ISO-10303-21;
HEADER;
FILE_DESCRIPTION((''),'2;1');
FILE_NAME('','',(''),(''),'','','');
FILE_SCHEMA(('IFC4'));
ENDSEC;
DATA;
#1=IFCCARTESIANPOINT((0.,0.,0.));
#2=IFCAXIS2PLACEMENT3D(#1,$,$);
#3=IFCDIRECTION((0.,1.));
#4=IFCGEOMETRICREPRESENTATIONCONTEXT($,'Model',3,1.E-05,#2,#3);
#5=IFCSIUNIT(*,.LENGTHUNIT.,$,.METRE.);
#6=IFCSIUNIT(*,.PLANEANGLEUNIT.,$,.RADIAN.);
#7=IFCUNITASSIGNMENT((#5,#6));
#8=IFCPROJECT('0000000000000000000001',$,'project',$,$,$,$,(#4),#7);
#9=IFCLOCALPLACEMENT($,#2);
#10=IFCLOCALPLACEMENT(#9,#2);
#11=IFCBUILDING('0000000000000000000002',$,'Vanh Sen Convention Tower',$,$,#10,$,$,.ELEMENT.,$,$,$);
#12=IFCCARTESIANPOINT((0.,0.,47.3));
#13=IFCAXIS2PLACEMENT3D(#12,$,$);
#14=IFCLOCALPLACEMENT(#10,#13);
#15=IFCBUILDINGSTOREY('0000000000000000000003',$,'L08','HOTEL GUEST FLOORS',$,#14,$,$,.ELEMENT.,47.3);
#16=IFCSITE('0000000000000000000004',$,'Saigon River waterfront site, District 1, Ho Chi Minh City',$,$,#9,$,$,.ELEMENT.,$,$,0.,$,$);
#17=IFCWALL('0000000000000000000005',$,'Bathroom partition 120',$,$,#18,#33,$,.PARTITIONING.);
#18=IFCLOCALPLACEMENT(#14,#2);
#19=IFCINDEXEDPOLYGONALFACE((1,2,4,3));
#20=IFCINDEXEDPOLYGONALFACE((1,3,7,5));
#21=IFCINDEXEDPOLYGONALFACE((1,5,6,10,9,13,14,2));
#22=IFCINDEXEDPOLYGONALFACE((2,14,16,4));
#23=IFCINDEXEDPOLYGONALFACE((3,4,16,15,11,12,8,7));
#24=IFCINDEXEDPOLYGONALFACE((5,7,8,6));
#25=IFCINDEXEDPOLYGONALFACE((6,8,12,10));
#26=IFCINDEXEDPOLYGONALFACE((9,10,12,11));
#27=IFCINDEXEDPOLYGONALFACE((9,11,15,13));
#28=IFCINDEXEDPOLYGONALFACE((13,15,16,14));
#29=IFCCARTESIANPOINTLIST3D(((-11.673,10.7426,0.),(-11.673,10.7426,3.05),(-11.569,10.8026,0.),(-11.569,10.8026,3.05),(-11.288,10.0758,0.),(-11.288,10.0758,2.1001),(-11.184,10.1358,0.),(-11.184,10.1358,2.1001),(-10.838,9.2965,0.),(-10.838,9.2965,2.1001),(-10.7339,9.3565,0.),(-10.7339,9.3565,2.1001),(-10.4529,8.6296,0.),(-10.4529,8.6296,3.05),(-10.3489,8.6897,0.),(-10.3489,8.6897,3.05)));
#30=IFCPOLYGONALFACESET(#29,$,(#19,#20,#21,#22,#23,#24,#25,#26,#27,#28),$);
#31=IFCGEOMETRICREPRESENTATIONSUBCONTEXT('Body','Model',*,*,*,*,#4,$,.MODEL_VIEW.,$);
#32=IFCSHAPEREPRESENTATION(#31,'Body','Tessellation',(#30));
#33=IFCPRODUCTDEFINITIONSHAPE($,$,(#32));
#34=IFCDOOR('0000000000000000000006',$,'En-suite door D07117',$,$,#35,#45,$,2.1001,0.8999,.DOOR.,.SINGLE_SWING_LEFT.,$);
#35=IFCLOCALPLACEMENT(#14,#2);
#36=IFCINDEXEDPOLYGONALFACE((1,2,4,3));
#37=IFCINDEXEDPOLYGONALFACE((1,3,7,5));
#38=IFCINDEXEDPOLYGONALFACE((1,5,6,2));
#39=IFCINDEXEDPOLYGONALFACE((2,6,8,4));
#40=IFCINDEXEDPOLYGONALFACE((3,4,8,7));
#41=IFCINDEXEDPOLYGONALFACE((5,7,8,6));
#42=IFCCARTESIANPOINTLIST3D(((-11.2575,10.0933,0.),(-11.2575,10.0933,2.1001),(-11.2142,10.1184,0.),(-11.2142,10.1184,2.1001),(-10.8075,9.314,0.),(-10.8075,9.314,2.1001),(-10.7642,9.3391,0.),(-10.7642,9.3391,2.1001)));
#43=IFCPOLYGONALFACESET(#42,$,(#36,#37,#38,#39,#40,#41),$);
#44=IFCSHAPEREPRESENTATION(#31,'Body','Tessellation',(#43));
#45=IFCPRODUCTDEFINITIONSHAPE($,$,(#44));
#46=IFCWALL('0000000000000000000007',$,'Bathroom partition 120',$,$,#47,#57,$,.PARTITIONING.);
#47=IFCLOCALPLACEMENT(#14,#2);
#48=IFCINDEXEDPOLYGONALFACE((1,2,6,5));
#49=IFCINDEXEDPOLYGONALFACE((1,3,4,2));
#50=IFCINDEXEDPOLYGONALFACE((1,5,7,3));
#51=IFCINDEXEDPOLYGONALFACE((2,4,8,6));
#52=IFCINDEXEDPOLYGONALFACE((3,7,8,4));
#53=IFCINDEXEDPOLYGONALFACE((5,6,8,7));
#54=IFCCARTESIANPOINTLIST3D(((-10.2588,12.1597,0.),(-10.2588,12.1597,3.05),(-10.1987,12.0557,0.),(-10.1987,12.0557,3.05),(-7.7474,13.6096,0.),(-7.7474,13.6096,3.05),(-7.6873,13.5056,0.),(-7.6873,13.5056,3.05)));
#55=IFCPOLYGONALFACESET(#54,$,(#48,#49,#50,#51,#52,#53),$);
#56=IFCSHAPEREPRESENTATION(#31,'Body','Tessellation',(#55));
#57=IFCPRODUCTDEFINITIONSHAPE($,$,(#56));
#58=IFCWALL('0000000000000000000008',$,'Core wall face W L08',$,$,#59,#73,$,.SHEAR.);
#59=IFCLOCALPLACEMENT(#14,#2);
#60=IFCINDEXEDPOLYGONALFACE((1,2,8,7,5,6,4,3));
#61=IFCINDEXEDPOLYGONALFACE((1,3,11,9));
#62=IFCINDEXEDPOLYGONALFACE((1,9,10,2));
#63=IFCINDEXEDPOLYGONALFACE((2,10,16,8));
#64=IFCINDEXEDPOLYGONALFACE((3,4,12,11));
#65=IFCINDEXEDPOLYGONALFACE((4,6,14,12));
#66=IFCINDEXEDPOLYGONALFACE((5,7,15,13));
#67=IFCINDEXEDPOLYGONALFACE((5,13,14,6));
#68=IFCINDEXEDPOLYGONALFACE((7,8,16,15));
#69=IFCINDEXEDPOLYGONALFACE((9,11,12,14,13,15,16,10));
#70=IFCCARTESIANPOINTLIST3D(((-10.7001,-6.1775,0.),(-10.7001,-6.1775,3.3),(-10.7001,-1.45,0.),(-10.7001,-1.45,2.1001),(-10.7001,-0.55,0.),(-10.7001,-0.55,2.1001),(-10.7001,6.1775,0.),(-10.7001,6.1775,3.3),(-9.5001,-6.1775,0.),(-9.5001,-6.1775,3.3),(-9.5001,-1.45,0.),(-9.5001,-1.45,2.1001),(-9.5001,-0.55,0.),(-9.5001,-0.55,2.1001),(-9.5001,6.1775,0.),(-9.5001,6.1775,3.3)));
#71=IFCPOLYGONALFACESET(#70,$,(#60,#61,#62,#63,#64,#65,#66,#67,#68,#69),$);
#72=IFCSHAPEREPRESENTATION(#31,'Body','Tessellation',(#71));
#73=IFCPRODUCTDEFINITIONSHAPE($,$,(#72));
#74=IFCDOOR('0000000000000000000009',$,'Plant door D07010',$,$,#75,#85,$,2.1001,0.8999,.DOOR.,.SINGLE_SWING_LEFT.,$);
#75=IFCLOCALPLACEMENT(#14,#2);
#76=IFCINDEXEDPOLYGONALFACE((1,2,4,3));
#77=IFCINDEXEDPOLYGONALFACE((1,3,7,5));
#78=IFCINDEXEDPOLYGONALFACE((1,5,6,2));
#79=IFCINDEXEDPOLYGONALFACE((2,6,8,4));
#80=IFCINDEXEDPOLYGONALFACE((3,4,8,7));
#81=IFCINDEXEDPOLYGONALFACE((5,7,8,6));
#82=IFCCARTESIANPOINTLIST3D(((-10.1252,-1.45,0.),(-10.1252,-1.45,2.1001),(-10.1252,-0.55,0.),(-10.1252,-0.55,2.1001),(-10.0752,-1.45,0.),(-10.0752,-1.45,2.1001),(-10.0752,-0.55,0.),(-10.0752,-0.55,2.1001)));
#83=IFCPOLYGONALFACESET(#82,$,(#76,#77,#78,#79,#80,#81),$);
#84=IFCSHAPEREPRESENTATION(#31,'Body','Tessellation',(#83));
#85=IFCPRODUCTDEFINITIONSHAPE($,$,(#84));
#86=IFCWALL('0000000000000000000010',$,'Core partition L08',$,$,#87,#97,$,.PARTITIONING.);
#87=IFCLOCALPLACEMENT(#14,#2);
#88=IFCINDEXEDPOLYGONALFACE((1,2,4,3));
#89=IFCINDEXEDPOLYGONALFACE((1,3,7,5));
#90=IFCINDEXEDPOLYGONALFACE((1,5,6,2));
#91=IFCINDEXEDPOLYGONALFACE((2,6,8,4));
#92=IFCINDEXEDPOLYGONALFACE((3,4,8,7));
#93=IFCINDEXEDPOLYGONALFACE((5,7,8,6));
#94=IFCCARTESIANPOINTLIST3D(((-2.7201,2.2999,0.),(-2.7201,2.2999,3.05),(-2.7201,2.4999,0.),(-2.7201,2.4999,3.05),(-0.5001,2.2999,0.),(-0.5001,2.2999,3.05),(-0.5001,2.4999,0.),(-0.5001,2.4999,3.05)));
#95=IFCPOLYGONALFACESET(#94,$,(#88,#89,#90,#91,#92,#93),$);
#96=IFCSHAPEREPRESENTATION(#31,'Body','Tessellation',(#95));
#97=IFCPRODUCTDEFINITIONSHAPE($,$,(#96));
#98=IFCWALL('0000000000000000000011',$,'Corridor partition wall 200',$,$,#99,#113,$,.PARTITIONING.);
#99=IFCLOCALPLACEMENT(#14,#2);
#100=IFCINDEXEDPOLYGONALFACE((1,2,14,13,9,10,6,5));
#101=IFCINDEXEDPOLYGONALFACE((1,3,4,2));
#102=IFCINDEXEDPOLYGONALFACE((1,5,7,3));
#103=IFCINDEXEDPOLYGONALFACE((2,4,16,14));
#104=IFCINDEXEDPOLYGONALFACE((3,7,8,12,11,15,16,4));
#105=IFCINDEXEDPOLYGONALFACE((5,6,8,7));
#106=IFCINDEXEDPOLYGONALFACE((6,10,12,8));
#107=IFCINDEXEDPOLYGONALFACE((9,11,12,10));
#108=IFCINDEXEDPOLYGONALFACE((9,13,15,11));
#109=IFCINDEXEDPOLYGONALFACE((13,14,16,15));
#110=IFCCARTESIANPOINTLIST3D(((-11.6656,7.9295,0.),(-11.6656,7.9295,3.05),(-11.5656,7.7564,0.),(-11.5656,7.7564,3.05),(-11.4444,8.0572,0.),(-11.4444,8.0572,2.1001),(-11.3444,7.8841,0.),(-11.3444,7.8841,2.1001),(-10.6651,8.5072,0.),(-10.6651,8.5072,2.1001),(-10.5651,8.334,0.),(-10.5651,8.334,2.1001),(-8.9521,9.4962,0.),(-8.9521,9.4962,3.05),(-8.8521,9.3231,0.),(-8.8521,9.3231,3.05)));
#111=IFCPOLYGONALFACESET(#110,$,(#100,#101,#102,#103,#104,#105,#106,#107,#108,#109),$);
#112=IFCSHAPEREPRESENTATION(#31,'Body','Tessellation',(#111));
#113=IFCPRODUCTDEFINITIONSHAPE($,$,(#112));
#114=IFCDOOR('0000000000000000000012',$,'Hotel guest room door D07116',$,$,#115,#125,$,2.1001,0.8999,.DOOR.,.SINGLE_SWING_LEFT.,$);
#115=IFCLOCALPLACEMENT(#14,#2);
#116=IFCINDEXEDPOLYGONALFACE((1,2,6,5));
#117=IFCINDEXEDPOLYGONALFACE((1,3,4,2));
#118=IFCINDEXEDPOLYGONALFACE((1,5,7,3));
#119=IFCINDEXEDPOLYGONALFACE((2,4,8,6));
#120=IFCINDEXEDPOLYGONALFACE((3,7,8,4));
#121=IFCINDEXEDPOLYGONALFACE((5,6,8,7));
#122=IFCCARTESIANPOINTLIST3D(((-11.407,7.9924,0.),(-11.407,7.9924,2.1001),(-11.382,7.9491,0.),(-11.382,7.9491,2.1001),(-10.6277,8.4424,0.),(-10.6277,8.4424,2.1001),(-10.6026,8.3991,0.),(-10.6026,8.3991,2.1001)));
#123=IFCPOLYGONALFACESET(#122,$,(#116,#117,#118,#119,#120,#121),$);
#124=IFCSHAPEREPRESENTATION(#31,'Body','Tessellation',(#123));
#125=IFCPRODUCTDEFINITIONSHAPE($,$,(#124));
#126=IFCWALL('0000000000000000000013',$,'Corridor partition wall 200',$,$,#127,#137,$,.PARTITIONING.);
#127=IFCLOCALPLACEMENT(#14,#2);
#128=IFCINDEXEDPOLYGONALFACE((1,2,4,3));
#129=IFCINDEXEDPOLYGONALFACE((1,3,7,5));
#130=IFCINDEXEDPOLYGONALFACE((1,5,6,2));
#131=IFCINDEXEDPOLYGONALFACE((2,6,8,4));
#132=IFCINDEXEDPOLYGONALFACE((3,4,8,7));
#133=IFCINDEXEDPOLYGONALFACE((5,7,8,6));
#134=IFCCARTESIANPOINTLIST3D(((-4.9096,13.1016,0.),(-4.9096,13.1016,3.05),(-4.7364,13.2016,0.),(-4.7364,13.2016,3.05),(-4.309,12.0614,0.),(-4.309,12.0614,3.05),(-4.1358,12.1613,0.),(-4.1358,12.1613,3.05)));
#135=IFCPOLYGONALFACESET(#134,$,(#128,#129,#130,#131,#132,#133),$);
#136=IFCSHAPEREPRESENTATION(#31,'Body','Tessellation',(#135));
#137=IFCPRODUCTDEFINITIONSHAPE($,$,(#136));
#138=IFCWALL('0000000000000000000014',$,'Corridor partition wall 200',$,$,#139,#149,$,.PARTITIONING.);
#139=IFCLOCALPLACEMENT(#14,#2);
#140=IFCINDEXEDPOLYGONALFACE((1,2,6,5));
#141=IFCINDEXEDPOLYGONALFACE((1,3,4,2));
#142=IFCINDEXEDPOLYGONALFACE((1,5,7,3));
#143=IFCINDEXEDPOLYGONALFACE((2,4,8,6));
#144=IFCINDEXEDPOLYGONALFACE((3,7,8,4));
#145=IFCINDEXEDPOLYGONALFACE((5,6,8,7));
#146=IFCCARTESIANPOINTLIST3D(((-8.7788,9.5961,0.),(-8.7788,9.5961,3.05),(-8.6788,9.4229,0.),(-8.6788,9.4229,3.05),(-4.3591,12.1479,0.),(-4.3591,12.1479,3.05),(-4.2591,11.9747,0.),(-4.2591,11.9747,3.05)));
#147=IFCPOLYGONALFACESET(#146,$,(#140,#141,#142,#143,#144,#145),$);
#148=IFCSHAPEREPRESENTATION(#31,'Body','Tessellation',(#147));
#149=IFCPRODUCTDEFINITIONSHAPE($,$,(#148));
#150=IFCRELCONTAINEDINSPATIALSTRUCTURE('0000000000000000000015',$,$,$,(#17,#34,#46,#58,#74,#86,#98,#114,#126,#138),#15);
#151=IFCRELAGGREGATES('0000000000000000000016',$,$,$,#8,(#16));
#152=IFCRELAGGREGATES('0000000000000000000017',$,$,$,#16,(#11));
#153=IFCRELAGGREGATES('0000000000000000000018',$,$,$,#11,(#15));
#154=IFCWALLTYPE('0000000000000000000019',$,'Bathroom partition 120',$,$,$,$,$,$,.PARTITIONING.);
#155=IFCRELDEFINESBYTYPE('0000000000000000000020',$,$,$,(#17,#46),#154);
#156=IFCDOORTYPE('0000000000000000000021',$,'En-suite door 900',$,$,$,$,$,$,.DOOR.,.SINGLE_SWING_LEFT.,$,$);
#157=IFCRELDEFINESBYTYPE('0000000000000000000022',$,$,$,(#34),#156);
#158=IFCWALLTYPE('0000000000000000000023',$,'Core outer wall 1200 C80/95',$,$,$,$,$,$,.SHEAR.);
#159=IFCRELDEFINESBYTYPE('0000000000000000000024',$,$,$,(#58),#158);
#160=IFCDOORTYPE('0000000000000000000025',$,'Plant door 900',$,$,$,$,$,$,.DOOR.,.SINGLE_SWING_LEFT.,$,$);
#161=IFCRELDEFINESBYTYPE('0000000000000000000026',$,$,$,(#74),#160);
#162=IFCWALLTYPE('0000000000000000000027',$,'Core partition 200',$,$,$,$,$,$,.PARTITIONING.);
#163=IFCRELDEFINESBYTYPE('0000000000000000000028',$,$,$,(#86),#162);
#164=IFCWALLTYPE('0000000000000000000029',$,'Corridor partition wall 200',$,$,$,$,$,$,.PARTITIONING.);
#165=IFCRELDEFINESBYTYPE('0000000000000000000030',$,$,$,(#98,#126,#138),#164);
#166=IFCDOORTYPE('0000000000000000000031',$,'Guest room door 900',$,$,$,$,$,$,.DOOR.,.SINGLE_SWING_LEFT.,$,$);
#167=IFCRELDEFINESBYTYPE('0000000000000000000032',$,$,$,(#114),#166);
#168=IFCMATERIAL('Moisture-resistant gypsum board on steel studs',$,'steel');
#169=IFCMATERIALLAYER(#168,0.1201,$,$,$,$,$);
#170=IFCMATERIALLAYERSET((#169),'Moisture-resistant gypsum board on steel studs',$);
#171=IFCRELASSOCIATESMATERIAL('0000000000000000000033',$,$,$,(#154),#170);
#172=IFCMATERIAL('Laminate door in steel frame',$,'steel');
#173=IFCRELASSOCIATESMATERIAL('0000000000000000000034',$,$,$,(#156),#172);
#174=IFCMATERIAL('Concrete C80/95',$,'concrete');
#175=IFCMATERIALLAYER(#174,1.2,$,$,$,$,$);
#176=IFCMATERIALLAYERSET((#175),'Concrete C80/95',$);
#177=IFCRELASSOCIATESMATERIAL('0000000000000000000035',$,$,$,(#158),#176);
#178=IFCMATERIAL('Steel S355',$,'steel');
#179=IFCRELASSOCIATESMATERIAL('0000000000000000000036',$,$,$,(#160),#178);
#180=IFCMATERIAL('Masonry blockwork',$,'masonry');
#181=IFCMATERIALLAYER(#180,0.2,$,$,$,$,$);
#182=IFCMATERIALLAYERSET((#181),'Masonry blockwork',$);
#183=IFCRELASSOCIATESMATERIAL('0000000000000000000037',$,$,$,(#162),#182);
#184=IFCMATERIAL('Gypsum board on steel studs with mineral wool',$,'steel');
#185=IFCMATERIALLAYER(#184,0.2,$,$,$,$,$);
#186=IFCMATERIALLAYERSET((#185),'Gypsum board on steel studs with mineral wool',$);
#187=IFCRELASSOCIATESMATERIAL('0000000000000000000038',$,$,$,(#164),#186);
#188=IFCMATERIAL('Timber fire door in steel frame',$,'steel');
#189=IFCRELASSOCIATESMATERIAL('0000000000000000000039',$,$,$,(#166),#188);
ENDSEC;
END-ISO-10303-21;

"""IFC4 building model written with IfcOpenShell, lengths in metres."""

from ifc_helpers import new_model, si_unit, direction, frame, frame_2d, origin, place, context, subcontext, project, spatial, rectangle, extrude, material, layer, layer_set, type_object, element, fill, save


model = new_model("IFC4")

# Units and contexts
model_context = context("Model", 3, precision=1e-05, world=origin(), true_north=direction((0.0, 1.0)))
body_context = subcontext(model_context, "Body", "Model", "MODEL_VIEW")
ifc_project = project(units=[si_unit("LENGTHUNIT", "METRE"), si_unit("PLANEANGLEUNIT", "RADIAN")], contexts=[model_context])

# Site, building, storey
site_placement = place(None, origin())
site = spatial("IfcSite", under=ifc_project, at=site_placement, Name="Saigon River waterfront site, District 1, Ho Chi Minh City", CompositionType="ELEMENT", RefElevation=0.0)
building_placement = place(site_placement, origin())
building = spatial("IfcBuilding", under=site, at=building_placement, Name="Vanh Sen Convention Tower", CompositionType="ELEMENT")
storey_placement = place(building_placement, frame((0.0, 0.0, 47.3)))
storey = spatial("IfcBuildingStorey", under=building, at=storey_placement, Name="L08", Description="HOTEL GUEST FLOORS", CompositionType="ELEMENT", Elevation=47.3)

# Wall, opening, door
ifc_material_1 = material(Name="Moisture-resistant gypsum board on steel studs", Category="steel")
ifc_layer_1 = layer(ifc_material_1, 0.1201)
ifc_layer_set_1 = layer_set([ifc_layer_1], Name="Moisture-resistant gypsum board on steel studs")
wall_type_1 = type_object("IfcWallType", Name="Bathroom partition 120", PredefinedType="PARTITIONING", material=ifc_layer_set_1)
wall_1_placement = place(storey_placement, frame((-10.4009, 8.6597, 0.0), z_axis=(0.0, 0.0, 1.0), x_axis=(-0.500078, 0.865981, 0.0)))
wall_1 = element("IfcWall", 1, at=wall_1_placement, inside=storey, type_object=wall_type_1, Name="Bathroom partition 120", PredefinedType="PARTITIONING", context=body_context, shape_type="SweptSolid", body=[
    extrude(rectangle(XDim=2.4399, YDim=0.1201, at=frame_2d((1.22, 0.0))), origin(), (0.0, 0.0, 1.0), 3.05),
])
opening_1_placement = place(wall_1_placement, frame((0.77, 0.0, 0.0)))
opening_1 = element("IfcOpeningElement", 2, at=opening_1_placement, cuts=wall_1, PredefinedType="OPENING", context=body_context, shape_type="SweptSolid", body=[
    extrude(rectangle(XDim=0.8999, YDim=2.1001, at=frame_2d((0.45, 1.05))), frame((0.0, 0.0701, 0.0), z_axis=(0.0, -1.0, 0.0), x_axis=(1.0, 0.0, 0.0)), (0.0, 0.0, 1.0), 0.1401),
])
ifc_material_2 = material(Name="Laminate door in steel frame", Category="steel")
door_type_1 = type_object("IfcDoorType", Name="En-suite door 900", OperationType="SINGLE_SWING_LEFT", PredefinedType="DOOR", material=ifc_material_2)
door_1_placement = place(opening_1_placement, origin())
door_1 = element("IfcDoor", 3, at=door_1_placement, inside=storey, type_object=door_type_1, Name="En-suite door D07117", OperationType="SINGLE_SWING_LEFT", OverallHeight=2.1001, OverallWidth=0.8999, PredefinedType="DOOR", context=body_context, shape_type="SweptSolid", body=[
    extrude(rectangle(XDim=0.8999, YDim=2.1001, at=frame_2d((0.45, 1.05))), frame((0.0, 0.0249, 0.0), z_axis=(0.0, -1.0, 0.0), x_axis=(1.0, 0.0, 0.0)), (0.0, 0.0, 1.0), 0.05),
])
fill(opening_1, door_1)

# Wall
wall_2_placement = place(storey_placement, frame((-10.2288, 12.1077, 0.0), z_axis=(0.0, 0.0, 1.0), x_axis=(0.866033, 0.499987, 0.0)))
element("IfcWall", 4, at=wall_2_placement, inside=storey, type_object=wall_type_1, Name="Bathroom partition 120", PredefinedType="PARTITIONING", context=body_context, shape_type="SweptSolid", body=[
    extrude(rectangle(XDim=2.8999, YDim=0.1201, at=frame_2d((1.45, 0.0))), origin(), (0.0, 0.0, 1.0), 3.05),
])

# Wall, opening, door
ifc_material_3 = material(Name="Concrete C80/95", Category="concrete")
ifc_layer_2 = layer(ifc_material_3, 1.2)
ifc_layer_set_2 = layer_set([ifc_layer_2], Name="Concrete C80/95")
wall_type_2 = type_object("IfcWallType", Name="Core outer wall 1200 C80/95", PredefinedType="SHEAR", material=ifc_layer_set_2)
wall_3_placement = place(storey_placement, frame((-10.1001, 6.1775, 0.0), z_axis=(0.0, 0.0, 1.0), x_axis=(0.0, -1.0, 0.0)))
wall_3 = element("IfcWall", 5, at=wall_3_placement, inside=storey, type_object=wall_type_2, Name="Core wall face W L08", PredefinedType="SHEAR", context=body_context, shape_type="SweptSolid", body=[
    extrude(rectangle(XDim=12.355, YDim=1.2, at=frame_2d((6.1775, 0.0))), origin(), (0.0, 0.0, 1.0), 3.3),
])
opening_2_placement = place(wall_3_placement, frame((6.7275, 0.0, 0.0)))
opening_2 = element("IfcOpeningElement", 6, at=opening_2_placement, cuts=wall_3, PredefinedType="OPENING", context=body_context, shape_type="SweptSolid", body=[
    extrude(rectangle(XDim=0.8999, YDim=2.1001, at=frame_2d((0.45, 1.05))), frame((0.0, 0.6099, 0.0), z_axis=(0.0, -1.0, 0.0), x_axis=(1.0, 0.0, 0.0)), (0.0, 0.0, 1.0), 1.22),
])
ifc_material_4 = material(Name="Steel S355", Category="steel")
door_type_2 = type_object("IfcDoorType", Name="Plant door 900", OperationType="SINGLE_SWING_LEFT", PredefinedType="DOOR", material=ifc_material_4)
door_2_placement = place(opening_2_placement, origin())
door_2 = element("IfcDoor", 7, at=door_2_placement, inside=storey, type_object=door_type_2, Name="Plant door D07010", OperationType="SINGLE_SWING_LEFT", OverallHeight=2.1001, OverallWidth=0.8999, PredefinedType="DOOR", context=body_context, shape_type="SweptSolid", body=[
    extrude(rectangle(XDim=0.8999, YDim=2.1001, at=frame_2d((0.45, 1.05))), frame((0.0, 0.0249, 0.0), z_axis=(0.0, -1.0, 0.0), x_axis=(1.0, 0.0, 0.0)), (0.0, 0.0, 1.0), 0.05),
])
fill(opening_2, door_2)

# Wall
ifc_material_5 = material(Name="Masonry blockwork", Category="masonry")
ifc_layer_3 = layer(ifc_material_5, 0.2)
ifc_layer_set_3 = layer_set([ifc_layer_3], Name="Masonry blockwork")
wall_type_3 = type_object("IfcWallType", Name="Core partition 200", PredefinedType="PARTITIONING", material=ifc_layer_set_3)
wall_4_placement = place(storey_placement, frame((-2.72, 2.3999, 0.0), z_axis=(0.0, 0.0, 1.0), x_axis=(1.0, 0.0, 0.0)))
element("IfcWall", 8, at=wall_4_placement, inside=storey, type_object=wall_type_3, Name="Core partition L08", PredefinedType="PARTITIONING", context=body_context, shape_type="SweptSolid", body=[
    extrude(rectangle(XDim=2.22, YDim=0.2, at=frame_2d((1.1099, 0.0))), origin(), (0.0, 0.0, 1.0), 3.05),
])

# Wall, opening, door
ifc_material_6 = material(Name="Gypsum board on steel studs with mineral wool", Category="steel")
ifc_layer_4 = layer(ifc_material_6, 0.2)
ifc_layer_set_4 = layer_set([ifc_layer_4], Name="Gypsum board on steel studs with mineral wool")
wall_type_4 = type_object("IfcWallType", Name="Corridor partition wall 200", PredefinedType="PARTITIONING", material=ifc_layer_set_4)
wall_5_placement = place(storey_placement, frame((-8.9021, 9.4097, 0.0), z_axis=(0.0, 0.0, 1.0), x_axis=(-0.866014, -0.500019, 0.0)))
wall_5 = element("IfcWall", 9, at=wall_5_placement, inside=storey, type_object=wall_type_4, Name="Corridor partition wall 200", PredefinedType="PARTITIONING", context=body_context, shape_type="SweptSolid", body=[
    extrude(rectangle(XDim=3.1333, YDim=0.2, at=frame_2d((1.5667, 0.0))), origin(), (0.0, 0.0, 1.0), 3.05),
])
opening_3_placement = place(wall_5_placement, frame((1.978, 0.0, 0.0)))
opening_3 = element("IfcOpeningElement", 10, at=opening_3_placement, cuts=wall_5, PredefinedType="OPENING", context=body_context, shape_type="SweptSolid", body=[
    extrude(rectangle(XDim=0.8999, YDim=2.1001, at=frame_2d((0.45, 1.05))), frame((0.0, 0.1099, 0.0), z_axis=(0.0, -1.0, 0.0), x_axis=(1.0, 0.0, 0.0)), (0.0, 0.0, 1.0), 0.22),
])
ifc_material_7 = material(Name="Timber fire door in steel frame", Category="steel")
door_type_3 = type_object("IfcDoorType", Name="Guest room door 900", OperationType="SINGLE_SWING_LEFT", PredefinedType="DOOR", material=ifc_material_7)
door_3_placement = place(opening_3_placement, origin())
door_3 = element("IfcDoor", 11, at=door_3_placement, inside=storey, type_object=door_type_3, Name="Hotel guest room door D07116", OperationType="SINGLE_SWING_LEFT", OverallHeight=2.1001, OverallWidth=0.8999, PredefinedType="DOOR", context=body_context, shape_type="SweptSolid", body=[
    extrude(rectangle(XDim=0.8999, YDim=2.1001, at=frame_2d((0.45, 1.05))), frame((0.0, 0.0249, 0.0), z_axis=(0.0, -1.0, 0.0), x_axis=(1.0, 0.0, 0.0)), (0.0, 0.0, 1.0), 0.05),
])
fill(opening_3, door_3)

# Walls
wall_6_placement = place(storey_placement, frame((-4.823, 13.1516, 0.0), z_axis=(0.0, 0.0, 1.0), x_axis=(0.499986, -0.866033, 0.0)))
element("IfcWall", 12, at=wall_6_placement, inside=storey, type_object=wall_type_4, Name="Corridor partition wall 200", PredefinedType="PARTITIONING", context=body_context, shape_type="SweptSolid", body=[
    extrude(rectangle(XDim=1.2012, YDim=0.2, at=frame_2d((0.6006, 0.0))), origin(), (0.0, 0.0, 1.0), 3.05),
])
wall_7_placement = place(storey_placement, frame((-4.3091, 12.0613, 0.0), z_axis=(0.0, 0.0, 1.0), x_axis=(-0.866021, -0.500008, 0.0)))
element("IfcWall", 13, at=wall_7_placement, inside=storey, type_object=wall_type_4, Name="Corridor partition wall 200", PredefinedType="PARTITIONING", context=body_context, shape_type="SweptSolid", body=[
    extrude(rectangle(XDim=5.1035, YDim=0.2, at=frame_2d((2.5518, 0.0))), origin(), (0.0, 0.0, 1.0), 3.05),
])

save(model, "model.ifc")
